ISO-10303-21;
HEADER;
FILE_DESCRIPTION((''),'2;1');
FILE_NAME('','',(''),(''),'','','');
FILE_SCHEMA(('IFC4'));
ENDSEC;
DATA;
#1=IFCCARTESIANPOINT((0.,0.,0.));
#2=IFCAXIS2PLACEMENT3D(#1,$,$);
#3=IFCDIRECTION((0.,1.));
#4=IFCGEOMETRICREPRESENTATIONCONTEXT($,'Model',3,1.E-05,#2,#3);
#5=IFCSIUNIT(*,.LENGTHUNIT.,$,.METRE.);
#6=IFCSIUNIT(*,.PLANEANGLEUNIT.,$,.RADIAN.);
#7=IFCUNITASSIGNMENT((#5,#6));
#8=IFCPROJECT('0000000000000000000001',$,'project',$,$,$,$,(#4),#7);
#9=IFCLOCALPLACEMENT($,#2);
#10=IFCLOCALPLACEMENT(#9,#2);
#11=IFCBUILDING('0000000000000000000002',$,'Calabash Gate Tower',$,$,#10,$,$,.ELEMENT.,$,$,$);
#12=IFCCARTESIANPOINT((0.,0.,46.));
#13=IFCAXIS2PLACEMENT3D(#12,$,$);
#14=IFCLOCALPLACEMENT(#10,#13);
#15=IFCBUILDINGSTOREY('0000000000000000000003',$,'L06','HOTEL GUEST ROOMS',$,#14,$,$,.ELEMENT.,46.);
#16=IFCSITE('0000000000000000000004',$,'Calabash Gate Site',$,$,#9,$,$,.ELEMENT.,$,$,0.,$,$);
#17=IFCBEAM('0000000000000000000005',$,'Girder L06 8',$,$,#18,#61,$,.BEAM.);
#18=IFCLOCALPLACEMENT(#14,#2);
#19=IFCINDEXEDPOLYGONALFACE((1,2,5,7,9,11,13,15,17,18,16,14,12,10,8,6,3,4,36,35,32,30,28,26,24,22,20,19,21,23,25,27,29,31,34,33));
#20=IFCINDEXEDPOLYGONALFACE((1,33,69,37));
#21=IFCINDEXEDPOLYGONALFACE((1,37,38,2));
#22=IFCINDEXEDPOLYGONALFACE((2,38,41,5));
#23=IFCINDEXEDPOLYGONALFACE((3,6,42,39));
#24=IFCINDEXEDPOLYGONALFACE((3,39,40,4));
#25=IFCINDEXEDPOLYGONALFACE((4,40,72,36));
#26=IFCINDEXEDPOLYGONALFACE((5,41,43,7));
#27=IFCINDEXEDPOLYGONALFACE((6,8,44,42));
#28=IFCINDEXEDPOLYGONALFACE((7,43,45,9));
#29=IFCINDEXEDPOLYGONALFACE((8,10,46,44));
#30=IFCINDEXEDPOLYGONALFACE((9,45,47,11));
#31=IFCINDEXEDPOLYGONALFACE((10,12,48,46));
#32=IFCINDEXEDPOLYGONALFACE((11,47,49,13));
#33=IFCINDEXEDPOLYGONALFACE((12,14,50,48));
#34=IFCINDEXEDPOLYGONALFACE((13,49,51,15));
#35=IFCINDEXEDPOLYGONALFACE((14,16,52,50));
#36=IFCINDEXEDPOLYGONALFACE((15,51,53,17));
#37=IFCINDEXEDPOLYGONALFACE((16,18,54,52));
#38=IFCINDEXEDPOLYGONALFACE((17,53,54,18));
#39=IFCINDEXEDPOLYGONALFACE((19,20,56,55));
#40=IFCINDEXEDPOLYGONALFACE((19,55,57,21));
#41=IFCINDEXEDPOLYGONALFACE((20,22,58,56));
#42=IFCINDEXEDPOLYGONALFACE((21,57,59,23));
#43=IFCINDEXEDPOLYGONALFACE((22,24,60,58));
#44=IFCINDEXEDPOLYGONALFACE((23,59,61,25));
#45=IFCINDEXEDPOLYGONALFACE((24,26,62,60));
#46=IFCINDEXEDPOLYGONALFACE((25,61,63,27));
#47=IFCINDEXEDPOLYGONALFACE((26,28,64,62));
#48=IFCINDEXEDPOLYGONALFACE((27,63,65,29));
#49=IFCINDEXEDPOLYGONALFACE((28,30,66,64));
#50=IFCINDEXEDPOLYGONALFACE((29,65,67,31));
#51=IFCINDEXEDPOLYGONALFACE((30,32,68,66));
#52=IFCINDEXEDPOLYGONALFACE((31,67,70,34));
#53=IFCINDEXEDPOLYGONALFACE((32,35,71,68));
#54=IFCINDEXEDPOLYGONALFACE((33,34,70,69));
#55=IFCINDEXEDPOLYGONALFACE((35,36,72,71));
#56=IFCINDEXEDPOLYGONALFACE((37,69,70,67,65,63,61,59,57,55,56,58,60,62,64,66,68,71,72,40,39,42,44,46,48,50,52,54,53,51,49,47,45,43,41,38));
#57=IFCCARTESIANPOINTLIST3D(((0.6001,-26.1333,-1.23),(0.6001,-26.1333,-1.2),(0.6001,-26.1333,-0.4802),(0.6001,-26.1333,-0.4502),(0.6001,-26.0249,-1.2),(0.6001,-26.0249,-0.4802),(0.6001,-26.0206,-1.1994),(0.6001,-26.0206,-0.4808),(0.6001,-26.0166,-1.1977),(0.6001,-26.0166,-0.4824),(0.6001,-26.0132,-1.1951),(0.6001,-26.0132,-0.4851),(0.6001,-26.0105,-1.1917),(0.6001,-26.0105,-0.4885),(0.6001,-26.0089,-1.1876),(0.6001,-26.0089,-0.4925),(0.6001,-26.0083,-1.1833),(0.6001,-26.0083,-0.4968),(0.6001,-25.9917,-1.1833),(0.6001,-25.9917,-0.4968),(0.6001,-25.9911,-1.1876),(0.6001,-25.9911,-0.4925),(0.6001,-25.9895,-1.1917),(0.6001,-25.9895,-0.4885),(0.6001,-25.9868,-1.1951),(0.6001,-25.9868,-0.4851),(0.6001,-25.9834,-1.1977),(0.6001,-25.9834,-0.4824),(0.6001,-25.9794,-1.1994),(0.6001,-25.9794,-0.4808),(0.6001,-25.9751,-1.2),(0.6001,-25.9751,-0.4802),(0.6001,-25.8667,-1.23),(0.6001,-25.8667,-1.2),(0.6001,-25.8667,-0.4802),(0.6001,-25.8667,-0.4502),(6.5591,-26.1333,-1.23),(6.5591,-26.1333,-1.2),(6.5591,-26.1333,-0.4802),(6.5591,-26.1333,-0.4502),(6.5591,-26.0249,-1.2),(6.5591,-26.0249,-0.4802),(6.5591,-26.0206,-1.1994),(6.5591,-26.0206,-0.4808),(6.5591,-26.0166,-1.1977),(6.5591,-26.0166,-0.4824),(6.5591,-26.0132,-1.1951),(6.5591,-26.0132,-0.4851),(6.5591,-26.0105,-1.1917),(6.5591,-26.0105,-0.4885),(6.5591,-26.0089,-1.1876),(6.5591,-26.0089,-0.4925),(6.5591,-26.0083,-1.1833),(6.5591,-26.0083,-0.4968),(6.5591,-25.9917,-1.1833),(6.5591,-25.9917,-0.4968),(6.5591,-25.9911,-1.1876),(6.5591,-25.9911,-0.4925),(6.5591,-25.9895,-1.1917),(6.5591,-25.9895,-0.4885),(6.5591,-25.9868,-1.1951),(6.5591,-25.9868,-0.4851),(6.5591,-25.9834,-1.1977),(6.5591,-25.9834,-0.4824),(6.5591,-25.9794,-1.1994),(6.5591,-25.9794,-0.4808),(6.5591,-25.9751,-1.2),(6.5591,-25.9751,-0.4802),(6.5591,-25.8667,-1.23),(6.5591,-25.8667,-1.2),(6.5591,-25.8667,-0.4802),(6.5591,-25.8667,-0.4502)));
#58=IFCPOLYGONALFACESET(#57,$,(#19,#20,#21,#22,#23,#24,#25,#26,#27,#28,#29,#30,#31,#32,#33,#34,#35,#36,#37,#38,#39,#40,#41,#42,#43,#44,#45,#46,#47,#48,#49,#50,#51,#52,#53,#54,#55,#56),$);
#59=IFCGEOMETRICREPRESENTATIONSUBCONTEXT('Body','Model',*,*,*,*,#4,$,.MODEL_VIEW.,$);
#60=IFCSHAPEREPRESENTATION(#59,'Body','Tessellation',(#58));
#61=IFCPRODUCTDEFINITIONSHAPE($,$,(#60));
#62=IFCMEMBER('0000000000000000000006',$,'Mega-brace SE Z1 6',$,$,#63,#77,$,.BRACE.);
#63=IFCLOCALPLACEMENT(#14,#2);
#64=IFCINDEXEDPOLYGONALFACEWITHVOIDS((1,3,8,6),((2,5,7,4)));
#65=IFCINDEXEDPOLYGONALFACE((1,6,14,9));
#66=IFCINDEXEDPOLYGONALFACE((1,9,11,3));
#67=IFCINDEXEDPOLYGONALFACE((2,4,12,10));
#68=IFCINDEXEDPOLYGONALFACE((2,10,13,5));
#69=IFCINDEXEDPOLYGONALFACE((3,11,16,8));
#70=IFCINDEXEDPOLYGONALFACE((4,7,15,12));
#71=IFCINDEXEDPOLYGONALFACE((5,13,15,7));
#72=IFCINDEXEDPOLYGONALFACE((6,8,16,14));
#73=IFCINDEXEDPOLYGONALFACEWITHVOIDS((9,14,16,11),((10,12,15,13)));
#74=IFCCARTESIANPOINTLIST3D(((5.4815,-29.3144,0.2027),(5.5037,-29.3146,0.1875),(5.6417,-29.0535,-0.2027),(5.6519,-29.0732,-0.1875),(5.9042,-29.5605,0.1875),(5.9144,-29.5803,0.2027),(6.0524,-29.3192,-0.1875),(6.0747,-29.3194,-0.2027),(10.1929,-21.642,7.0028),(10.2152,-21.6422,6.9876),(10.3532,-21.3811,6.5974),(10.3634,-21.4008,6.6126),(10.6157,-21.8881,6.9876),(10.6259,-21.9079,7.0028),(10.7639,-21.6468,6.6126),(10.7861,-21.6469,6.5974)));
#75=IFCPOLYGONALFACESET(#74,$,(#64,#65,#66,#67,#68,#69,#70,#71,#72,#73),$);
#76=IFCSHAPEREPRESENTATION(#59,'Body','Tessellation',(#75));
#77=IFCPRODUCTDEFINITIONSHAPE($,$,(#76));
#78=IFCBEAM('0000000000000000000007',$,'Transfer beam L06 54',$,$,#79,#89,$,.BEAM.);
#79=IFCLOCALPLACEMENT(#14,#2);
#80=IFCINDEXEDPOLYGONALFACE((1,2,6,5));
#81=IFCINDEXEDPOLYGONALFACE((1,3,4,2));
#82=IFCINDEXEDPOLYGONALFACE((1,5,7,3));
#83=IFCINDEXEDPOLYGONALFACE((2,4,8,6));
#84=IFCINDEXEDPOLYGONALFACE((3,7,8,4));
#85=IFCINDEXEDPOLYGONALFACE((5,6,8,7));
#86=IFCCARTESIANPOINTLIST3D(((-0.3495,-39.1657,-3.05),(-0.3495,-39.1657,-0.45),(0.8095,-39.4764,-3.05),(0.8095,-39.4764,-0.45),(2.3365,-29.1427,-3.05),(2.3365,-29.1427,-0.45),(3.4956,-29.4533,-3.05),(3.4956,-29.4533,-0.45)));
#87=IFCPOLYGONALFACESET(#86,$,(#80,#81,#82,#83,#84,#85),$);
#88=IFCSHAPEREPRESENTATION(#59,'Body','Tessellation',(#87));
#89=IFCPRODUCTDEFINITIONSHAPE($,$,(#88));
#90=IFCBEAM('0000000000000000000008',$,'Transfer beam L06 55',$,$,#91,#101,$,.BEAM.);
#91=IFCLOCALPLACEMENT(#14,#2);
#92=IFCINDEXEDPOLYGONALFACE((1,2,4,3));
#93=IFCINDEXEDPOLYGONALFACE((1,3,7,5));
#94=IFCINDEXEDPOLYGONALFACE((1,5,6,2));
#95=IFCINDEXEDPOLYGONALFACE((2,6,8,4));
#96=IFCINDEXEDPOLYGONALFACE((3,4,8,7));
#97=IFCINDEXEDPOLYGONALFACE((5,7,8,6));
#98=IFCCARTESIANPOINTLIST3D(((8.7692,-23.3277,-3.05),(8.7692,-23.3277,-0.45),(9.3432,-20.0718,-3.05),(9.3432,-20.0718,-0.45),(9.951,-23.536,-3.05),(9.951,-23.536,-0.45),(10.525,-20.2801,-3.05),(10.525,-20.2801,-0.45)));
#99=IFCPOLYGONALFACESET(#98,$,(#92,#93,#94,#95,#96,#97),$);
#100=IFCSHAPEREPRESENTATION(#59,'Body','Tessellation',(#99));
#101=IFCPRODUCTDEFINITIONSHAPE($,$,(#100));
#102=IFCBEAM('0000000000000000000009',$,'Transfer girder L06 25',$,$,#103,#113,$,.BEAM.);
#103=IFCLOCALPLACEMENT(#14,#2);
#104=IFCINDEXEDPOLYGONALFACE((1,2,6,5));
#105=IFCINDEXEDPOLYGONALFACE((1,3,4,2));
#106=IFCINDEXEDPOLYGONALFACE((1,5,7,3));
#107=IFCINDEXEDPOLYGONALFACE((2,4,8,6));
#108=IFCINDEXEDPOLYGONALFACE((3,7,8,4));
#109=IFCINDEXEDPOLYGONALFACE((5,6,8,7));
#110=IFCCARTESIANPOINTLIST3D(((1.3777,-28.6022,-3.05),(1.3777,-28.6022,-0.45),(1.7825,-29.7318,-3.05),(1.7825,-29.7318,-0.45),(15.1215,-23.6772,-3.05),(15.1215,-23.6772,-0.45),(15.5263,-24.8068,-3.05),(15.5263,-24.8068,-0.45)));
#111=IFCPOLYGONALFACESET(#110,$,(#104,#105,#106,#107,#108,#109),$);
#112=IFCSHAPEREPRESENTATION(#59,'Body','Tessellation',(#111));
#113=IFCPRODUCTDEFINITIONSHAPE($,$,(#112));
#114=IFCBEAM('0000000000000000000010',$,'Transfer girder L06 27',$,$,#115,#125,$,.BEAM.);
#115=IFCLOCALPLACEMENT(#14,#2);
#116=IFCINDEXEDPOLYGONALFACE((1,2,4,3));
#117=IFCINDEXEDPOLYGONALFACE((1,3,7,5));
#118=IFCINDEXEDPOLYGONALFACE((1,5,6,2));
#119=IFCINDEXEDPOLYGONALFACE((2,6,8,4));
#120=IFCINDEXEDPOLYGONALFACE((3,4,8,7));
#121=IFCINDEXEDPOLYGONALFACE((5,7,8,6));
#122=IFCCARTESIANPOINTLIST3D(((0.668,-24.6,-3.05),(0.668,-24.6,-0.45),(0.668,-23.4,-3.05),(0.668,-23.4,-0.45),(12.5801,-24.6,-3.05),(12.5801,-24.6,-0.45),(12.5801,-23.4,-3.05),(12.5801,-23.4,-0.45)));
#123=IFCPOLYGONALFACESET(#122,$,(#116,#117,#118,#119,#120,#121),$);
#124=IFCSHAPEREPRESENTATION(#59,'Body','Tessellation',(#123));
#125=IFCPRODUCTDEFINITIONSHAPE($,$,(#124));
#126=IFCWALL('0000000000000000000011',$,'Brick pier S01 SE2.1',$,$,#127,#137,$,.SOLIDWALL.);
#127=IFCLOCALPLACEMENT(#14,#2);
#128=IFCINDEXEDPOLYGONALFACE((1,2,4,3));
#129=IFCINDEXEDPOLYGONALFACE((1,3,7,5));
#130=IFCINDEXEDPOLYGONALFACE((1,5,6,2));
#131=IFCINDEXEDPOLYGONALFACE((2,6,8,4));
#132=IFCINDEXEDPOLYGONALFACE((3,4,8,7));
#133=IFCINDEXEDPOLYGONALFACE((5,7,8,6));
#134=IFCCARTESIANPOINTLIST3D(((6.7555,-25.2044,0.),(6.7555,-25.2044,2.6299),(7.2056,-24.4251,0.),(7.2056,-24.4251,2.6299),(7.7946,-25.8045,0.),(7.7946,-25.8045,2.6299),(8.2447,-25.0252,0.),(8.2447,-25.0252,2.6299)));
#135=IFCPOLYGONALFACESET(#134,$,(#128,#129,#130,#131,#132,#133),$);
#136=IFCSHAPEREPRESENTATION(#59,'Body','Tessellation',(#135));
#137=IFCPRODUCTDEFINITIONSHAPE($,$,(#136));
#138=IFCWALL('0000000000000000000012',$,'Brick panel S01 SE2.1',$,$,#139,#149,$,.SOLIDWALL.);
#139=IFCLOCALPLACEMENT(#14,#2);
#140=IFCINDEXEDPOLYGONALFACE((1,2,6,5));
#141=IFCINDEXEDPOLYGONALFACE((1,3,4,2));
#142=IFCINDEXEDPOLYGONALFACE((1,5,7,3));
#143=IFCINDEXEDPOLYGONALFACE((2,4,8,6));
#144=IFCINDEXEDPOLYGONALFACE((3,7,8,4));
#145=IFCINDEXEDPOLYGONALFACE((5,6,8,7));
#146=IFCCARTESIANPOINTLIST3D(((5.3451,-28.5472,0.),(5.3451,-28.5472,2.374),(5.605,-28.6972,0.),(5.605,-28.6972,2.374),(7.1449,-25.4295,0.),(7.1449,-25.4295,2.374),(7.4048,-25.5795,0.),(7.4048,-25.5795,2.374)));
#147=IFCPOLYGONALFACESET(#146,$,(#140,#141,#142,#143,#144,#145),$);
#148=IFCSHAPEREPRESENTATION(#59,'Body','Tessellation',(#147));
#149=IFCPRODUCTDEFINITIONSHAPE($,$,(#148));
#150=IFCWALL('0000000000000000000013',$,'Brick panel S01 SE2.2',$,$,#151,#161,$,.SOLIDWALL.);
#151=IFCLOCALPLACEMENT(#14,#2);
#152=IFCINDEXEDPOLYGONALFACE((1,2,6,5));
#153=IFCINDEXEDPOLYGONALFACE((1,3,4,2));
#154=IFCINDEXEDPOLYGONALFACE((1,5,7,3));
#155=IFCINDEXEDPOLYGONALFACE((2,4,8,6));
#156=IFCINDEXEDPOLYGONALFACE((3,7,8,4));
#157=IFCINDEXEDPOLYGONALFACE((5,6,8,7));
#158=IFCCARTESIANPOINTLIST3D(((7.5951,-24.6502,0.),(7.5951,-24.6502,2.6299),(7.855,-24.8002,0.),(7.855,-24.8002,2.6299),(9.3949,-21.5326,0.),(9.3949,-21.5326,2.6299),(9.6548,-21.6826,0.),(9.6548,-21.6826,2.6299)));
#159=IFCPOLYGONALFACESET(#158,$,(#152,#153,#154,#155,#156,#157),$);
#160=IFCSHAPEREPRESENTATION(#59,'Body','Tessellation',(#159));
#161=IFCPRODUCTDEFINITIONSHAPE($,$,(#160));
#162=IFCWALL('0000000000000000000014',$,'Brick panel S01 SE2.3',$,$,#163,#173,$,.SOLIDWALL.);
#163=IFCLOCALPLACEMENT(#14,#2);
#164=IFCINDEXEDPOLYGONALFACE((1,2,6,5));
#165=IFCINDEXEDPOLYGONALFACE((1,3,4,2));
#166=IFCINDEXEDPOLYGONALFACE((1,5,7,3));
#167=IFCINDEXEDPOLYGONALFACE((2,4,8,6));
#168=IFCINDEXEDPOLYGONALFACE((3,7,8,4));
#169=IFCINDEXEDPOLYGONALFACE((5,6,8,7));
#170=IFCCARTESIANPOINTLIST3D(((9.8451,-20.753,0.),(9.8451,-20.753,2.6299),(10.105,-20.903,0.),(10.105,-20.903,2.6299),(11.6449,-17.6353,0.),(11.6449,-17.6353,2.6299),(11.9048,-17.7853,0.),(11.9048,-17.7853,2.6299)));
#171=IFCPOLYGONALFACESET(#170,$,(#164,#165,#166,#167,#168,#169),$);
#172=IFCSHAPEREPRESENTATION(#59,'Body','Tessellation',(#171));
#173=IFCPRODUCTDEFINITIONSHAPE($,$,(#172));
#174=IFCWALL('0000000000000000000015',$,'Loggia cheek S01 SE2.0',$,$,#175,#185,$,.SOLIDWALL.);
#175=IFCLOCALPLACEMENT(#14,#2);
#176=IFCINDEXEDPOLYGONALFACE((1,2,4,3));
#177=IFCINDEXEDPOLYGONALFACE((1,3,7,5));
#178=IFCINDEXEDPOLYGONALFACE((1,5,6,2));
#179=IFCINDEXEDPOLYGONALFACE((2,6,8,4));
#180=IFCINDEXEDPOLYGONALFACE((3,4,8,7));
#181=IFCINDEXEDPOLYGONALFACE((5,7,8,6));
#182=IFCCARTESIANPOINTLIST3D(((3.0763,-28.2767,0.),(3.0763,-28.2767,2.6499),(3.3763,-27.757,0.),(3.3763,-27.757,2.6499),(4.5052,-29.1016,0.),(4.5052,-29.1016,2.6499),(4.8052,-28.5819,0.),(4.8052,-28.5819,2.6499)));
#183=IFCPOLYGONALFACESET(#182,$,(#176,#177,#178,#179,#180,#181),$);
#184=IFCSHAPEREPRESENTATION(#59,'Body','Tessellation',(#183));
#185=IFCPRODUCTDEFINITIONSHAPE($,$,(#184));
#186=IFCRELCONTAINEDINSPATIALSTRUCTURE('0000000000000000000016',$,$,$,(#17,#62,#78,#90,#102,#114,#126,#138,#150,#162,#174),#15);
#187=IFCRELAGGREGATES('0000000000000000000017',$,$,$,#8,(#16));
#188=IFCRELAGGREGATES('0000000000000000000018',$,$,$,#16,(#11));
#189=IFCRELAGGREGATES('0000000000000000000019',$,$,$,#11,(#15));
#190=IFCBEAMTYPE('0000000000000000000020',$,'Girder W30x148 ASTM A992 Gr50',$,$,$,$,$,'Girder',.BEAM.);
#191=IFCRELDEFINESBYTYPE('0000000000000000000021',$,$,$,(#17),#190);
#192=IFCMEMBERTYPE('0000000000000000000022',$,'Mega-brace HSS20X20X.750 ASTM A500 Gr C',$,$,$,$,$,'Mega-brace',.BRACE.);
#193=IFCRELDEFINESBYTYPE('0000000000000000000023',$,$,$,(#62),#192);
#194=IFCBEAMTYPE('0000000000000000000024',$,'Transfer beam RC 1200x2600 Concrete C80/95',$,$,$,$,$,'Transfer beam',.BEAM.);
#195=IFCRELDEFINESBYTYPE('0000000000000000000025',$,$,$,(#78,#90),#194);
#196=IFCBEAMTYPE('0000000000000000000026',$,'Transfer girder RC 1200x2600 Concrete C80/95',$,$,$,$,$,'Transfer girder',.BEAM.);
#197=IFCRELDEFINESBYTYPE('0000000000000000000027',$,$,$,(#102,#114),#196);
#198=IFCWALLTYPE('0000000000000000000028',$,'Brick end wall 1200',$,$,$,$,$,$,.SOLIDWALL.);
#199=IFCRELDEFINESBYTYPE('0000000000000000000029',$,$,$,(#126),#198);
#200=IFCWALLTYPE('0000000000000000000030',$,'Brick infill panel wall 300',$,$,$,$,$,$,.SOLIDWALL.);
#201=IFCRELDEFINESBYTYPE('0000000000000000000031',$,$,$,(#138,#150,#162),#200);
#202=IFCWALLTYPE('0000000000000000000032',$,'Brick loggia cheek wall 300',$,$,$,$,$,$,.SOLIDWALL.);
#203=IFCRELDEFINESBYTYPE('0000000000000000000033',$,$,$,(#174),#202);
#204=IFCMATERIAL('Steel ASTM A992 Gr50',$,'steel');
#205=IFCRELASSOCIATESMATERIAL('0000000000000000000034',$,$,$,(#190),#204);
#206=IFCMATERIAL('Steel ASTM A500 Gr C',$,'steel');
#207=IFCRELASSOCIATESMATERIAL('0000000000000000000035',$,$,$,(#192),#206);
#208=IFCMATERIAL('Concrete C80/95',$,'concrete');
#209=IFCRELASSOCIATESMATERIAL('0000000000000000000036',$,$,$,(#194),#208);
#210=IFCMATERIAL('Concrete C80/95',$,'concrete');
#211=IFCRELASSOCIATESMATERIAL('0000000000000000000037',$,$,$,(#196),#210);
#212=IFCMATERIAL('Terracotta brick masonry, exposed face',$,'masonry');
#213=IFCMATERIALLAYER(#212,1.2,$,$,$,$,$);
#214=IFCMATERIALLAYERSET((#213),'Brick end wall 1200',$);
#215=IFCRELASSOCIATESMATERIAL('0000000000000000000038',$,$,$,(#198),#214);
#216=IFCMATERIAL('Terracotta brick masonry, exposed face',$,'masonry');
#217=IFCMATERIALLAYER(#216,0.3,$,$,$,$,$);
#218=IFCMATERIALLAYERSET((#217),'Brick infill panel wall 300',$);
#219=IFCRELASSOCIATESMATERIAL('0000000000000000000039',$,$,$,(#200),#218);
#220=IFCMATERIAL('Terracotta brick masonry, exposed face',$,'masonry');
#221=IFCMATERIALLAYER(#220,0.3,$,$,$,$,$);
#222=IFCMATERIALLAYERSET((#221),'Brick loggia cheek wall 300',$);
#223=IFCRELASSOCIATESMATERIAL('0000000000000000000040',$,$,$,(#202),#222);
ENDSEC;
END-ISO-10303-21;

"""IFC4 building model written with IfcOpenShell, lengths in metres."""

from ifc_helpers import new_model, si_unit, direction, frame, frame_2d, origin, origin_2d, place, context, subcontext, project, spatial, rectangle, hollow_rectangle, i_section, extrude, material, layer, layer_set, material_profile, profile_set, type_object, element, save


model = new_model("IFC4")

# Units and contexts
model_context = context("Model", 3, precision=1e-05, world=origin(), true_north=direction((0.0, 1.0)))
body_context = subcontext(model_context, "Body", "Model", "MODEL_VIEW")
ifc_project = project(units=[si_unit("LENGTHUNIT", "METRE"), si_unit("PLANEANGLEUNIT", "RADIAN")], contexts=[model_context])

# Site, building, storey
site_placement = place(None, origin())
site = spatial("IfcSite", under=ifc_project, at=site_placement, Name="Calabash Gate Site", CompositionType="ELEMENT", RefElevation=0.0)
building_placement = place(site_placement, origin())
building = spatial("IfcBuilding", under=site, at=building_placement, Name="Calabash Gate Tower", CompositionType="ELEMENT")
storey_placement = place(building_placement, frame((0.0, 0.0, 46.0)))
storey = spatial("IfcBuildingStorey", under=building, at=storey_placement, Name="L06", Description="HOTEL GUEST ROOMS", CompositionType="ELEMENT", Elevation=46.0)

# Beam
ifc_material_1 = material(Name="Steel ASTM A992 Gr50", Category="steel")
ifc_material_profile_1 = material_profile(ifc_material_1, i_section(OverallWidth=0.2666, OverallDepth=0.7798, WebThickness=0.0166, FlangeThickness=0.03, FilletRadius=0.0166, at=origin_2d()))
ifc_profile_set_1 = profile_set([ifc_material_profile_1], Name="Steel ASTM A992 Gr50")
beam_type_1 = type_object("IfcBeamType", Name="Girder W30x148 ASTM A992 Gr50", ElementType="Girder", PredefinedType="BEAM", material=ifc_profile_set_1)
beam_1_placement = place(storey_placement, frame((0.6001, -26.0, -0.8401), z_axis=(1.0, 0.0, 0.0), x_axis=(0.0, 1.0, 0.0)))
element("IfcBeam", 1, at=beam_1_placement, inside=storey, type_object=beam_type_1, Name="Girder L06 8", PredefinedType="BEAM", context=body_context, shape_type="SweptSolid", body=[
    extrude(i_section(OverallWidth=0.2666, OverallDepth=0.7798, WebThickness=0.0166, FlangeThickness=0.03, FilletRadius=0.0166, at=origin_2d()), origin(), (0.0, 0.0, 1.0), 5.959),
])

# Member
ifc_material_2 = material(Name="Steel ASTM A500 Gr C", Category="steel")
ifc_material_profile_2 = material_profile(ifc_material_2, hollow_rectangle(XDim=0.5081, YDim=0.5081, WallThickness=0.019, at=origin_2d()))
ifc_profile_set_2 = profile_set([ifc_material_profile_2], Name="Steel ASTM A500 Gr C")
member_type = type_object("IfcMemberType", Name="Mega-brace HSS20X20X.750 ASTM A500 Gr C", ElementType="Mega-brace", PredefinedType="BRACE", material=ifc_profile_set_2)
member_placement = place(storey_placement, frame((5.7781, -29.3169, 0.0), z_axis=(0.417573, 0.680001, 0.602687), x_axis=(-0.852155, 0.523289, 0.0)))
element("IfcMember", 2, at=member_placement, inside=storey, type_object=member_type, Name="Mega-brace SE Z1 6", PredefinedType="BRACE", context=body_context, shape_type="SweptSolid", body=[
    extrude(hollow_rectangle(XDim=0.5081, YDim=0.5081, WallThickness=0.019, at=origin_2d()), origin(), (0.0, 0.0, 1.0), 11.283),
])

# Beams
ifc_material_3 = material(Name="Concrete C80/95", Category="concrete")
ifc_material_profile_3 = material_profile(ifc_material_3, rectangle(XDim=1.2, YDim=2.6001, at=origin_2d()))
ifc_profile_set_3 = profile_set([ifc_material_profile_3], Name="Concrete C80/95")
beam_type_2 = type_object("IfcBeamType", Name="Transfer beam RC 1200x2600 Concrete C80/95", ElementType="Transfer beam", PredefinedType="BEAM", material=ifc_profile_set_3)
beam_2_placement = place(storey_placement, frame((0.23, -39.321, -1.75), z_axis=(0.258854, 0.965916, 0.0), x_axis=(-0.965916, 0.258854, 0.0)))
element("IfcBeam", 3, at=beam_2_placement, inside=storey, type_object=beam_type_2, Name="Transfer beam L06 54", PredefinedType="BEAM", context=body_context, shape_type="SweptSolid", body=[
    extrude(rectangle(XDim=1.2, YDim=2.6001, at=origin_2d()), origin(), (0.0, 0.0, 1.0), 10.3767),
])
beam_3_placement = place(storey_placement, frame((9.3601, -23.4319, -1.75), z_axis=(0.173613, 0.984814, 0.0), x_axis=(-0.984814, 0.173613, 0.0)))
element("IfcBeam", 4, at=beam_3_placement, inside=storey, type_object=beam_type_2, Name="Transfer beam L06 55", PredefinedType="BEAM", context=body_context, shape_type="SweptSolid", body=[
    extrude(rectangle(XDim=1.2, YDim=2.6001, at=origin_2d()), origin(), (0.0, 0.0, 1.0), 3.3062),
])
ifc_material_4 = material(Name="Concrete C80/95", Category="concrete")
ifc_material_profile_4 = material_profile(ifc_material_4, rectangle(XDim=1.2, YDim=2.6001, at=origin_2d()))
ifc_profile_set_4 = profile_set([ifc_material_profile_4], Name="Concrete C80/95")
beam_type_3 = type_object("IfcBeamType", Name="Transfer girder RC 1200x2600 Concrete C80/95", ElementType="Transfer girder", PredefinedType="BEAM", material=ifc_profile_set_4)
beam_4_placement = place(storey_placement, frame((1.5801, -29.167, -1.75), z_axis=(0.941383, 0.337339, 0.0), x_axis=(-0.337339, 0.941383, 0.0)))
element("IfcBeam", 5, at=beam_4_placement, inside=storey, type_object=beam_type_3, Name="Transfer girder L06 25", PredefinedType="BEAM", context=body_context, shape_type="SweptSolid", body=[
    extrude(rectangle(XDim=1.2, YDim=2.6001, at=origin_2d()), origin(), (0.0, 0.0, 1.0), 14.5996),
])
beam_5_placement = place(storey_placement, frame((0.668, -24.0, -1.75), z_axis=(1.0, 0.0, 0.0), x_axis=(0.0, 1.0, 0.0)))
element("IfcBeam", 6, at=beam_5_placement, inside=storey, type_object=beam_type_3, Name="Transfer girder L06 27", PredefinedType="BEAM", context=body_context, shape_type="SweptSolid", body=[
    extrude(rectangle(XDim=1.2, YDim=2.6001, at=origin_2d()), origin(), (0.0, 0.0, 1.0), 11.9121),
])

# Walls
ifc_material_5 = material(Name="Terracotta brick masonry, exposed face", Category="masonry")
ifc_layer_1 = layer(ifc_material_5, 1.2)
ifc_layer_set_1 = layer_set([ifc_layer_1], Name="Brick end wall 1200")
wall_type_1 = type_object("IfcWallType", Name="Brick end wall 1200", PredefinedType="SOLIDWALL", material=ifc_layer_set_1)
wall_1_placement = place(storey_placement, frame((6.9805, -24.8147, 0.0), z_axis=(0.0, 0.0, 1.0), x_axis=(0.865955, -0.500122, 0.0)))
element("IfcWall", 7, at=wall_1_placement, inside=storey, type_object=wall_type_1, Name="Brick pier S01 SE2.1", PredefinedType="SOLIDWALL", context=body_context, shape_type="SweptSolid", body=[
    extrude(rectangle(XDim=1.2, YDim=0.8999, at=frame_2d((0.6001, 0.0))), origin(), (0.0, 0.0, 1.0), 2.6299),
])
ifc_material_6 = material(Name="Terracotta brick masonry, exposed face", Category="masonry")
ifc_layer_2 = layer(ifc_material_6, 0.3)
ifc_layer_set_2 = layer_set([ifc_layer_2], Name="Brick infill panel wall 300")
wall_type_2 = type_object("IfcWallType", Name="Brick infill panel wall 300", PredefinedType="SOLIDWALL", material=ifc_layer_set_2)
wall_2_placement = place(storey_placement, frame((5.4751, -28.6221, 0.0), z_axis=(0.0, 0.0, 1.0), x_axis=(0.499961, 0.866048, 0.0)))
element("IfcWall", 8, at=wall_2_placement, inside=storey, type_object=wall_type_2, Name="Brick panel S01 SE2.1", PredefinedType="SOLIDWALL", context=body_context, shape_type="SweptSolid", body=[
    extrude(rectangle(XDim=3.5999, YDim=0.3, at=frame_2d((1.7998, 0.0))), origin(), (0.0, 0.0, 1.0), 2.374),
])
for number, where, z_axis, x_axis, name in (
    (9, (7.7251, -24.7251, 0.0), (0.0, 0.0, 1.0), (0.499961, 0.866048, 0.0), "Brick panel S01 SE2.2"),
    (10, (9.9751, -20.8279, 0.0), (0.0, 0.0, 1.0), (0.499961, 0.866048, 0.0), "Brick panel S01 SE2.3"),
):
    element("IfcWall", number, at=place(storey_placement, frame(where, z_axis=z_axis, x_axis=x_axis)), inside=storey, type_object=wall_type_2, Name=name, PredefinedType="SOLIDWALL", context=body_context, shape_type="SweptSolid", body=[
        extrude(rectangle(XDim=3.5999, YDim=0.3, at=frame_2d((1.7998, 0.0))), origin(), (0.0, 0.0, 1.0), 2.6299),
    ])
ifc_material_7 = material(Name="Terracotta brick masonry, exposed face", Category="masonry")
ifc_layer_3 = layer(ifc_material_7, 0.3)
ifc_layer_set_3 = layer_set([ifc_layer_3], Name="Brick loggia cheek wall 300")
wall_type_3 = type_object("IfcWallType", Name="Brick loggia cheek wall 300", PredefinedType="SOLIDWALL", material=ifc_layer_set_3)
wall_3_placement = place(storey_placement, frame((3.2263, -28.0168, 0.0), z_axis=(0.0, 0.0, 1.0), x_axis=(0.86604, -0.499974, 0.0)))
element("IfcWall", 11, at=wall_3_placement, inside=storey, type_object=wall_type_3, Name="Loggia cheek S01 SE2.0", PredefinedType="SOLIDWALL", context=body_context, shape_type="SweptSolid", body=[
    extrude(rectangle(XDim=1.6499, YDim=0.6001, at=frame_2d((0.825, 0.0))), origin(), (0.0, 0.0, 1.0), 2.6499),
])

save(model, "model.ifc")
